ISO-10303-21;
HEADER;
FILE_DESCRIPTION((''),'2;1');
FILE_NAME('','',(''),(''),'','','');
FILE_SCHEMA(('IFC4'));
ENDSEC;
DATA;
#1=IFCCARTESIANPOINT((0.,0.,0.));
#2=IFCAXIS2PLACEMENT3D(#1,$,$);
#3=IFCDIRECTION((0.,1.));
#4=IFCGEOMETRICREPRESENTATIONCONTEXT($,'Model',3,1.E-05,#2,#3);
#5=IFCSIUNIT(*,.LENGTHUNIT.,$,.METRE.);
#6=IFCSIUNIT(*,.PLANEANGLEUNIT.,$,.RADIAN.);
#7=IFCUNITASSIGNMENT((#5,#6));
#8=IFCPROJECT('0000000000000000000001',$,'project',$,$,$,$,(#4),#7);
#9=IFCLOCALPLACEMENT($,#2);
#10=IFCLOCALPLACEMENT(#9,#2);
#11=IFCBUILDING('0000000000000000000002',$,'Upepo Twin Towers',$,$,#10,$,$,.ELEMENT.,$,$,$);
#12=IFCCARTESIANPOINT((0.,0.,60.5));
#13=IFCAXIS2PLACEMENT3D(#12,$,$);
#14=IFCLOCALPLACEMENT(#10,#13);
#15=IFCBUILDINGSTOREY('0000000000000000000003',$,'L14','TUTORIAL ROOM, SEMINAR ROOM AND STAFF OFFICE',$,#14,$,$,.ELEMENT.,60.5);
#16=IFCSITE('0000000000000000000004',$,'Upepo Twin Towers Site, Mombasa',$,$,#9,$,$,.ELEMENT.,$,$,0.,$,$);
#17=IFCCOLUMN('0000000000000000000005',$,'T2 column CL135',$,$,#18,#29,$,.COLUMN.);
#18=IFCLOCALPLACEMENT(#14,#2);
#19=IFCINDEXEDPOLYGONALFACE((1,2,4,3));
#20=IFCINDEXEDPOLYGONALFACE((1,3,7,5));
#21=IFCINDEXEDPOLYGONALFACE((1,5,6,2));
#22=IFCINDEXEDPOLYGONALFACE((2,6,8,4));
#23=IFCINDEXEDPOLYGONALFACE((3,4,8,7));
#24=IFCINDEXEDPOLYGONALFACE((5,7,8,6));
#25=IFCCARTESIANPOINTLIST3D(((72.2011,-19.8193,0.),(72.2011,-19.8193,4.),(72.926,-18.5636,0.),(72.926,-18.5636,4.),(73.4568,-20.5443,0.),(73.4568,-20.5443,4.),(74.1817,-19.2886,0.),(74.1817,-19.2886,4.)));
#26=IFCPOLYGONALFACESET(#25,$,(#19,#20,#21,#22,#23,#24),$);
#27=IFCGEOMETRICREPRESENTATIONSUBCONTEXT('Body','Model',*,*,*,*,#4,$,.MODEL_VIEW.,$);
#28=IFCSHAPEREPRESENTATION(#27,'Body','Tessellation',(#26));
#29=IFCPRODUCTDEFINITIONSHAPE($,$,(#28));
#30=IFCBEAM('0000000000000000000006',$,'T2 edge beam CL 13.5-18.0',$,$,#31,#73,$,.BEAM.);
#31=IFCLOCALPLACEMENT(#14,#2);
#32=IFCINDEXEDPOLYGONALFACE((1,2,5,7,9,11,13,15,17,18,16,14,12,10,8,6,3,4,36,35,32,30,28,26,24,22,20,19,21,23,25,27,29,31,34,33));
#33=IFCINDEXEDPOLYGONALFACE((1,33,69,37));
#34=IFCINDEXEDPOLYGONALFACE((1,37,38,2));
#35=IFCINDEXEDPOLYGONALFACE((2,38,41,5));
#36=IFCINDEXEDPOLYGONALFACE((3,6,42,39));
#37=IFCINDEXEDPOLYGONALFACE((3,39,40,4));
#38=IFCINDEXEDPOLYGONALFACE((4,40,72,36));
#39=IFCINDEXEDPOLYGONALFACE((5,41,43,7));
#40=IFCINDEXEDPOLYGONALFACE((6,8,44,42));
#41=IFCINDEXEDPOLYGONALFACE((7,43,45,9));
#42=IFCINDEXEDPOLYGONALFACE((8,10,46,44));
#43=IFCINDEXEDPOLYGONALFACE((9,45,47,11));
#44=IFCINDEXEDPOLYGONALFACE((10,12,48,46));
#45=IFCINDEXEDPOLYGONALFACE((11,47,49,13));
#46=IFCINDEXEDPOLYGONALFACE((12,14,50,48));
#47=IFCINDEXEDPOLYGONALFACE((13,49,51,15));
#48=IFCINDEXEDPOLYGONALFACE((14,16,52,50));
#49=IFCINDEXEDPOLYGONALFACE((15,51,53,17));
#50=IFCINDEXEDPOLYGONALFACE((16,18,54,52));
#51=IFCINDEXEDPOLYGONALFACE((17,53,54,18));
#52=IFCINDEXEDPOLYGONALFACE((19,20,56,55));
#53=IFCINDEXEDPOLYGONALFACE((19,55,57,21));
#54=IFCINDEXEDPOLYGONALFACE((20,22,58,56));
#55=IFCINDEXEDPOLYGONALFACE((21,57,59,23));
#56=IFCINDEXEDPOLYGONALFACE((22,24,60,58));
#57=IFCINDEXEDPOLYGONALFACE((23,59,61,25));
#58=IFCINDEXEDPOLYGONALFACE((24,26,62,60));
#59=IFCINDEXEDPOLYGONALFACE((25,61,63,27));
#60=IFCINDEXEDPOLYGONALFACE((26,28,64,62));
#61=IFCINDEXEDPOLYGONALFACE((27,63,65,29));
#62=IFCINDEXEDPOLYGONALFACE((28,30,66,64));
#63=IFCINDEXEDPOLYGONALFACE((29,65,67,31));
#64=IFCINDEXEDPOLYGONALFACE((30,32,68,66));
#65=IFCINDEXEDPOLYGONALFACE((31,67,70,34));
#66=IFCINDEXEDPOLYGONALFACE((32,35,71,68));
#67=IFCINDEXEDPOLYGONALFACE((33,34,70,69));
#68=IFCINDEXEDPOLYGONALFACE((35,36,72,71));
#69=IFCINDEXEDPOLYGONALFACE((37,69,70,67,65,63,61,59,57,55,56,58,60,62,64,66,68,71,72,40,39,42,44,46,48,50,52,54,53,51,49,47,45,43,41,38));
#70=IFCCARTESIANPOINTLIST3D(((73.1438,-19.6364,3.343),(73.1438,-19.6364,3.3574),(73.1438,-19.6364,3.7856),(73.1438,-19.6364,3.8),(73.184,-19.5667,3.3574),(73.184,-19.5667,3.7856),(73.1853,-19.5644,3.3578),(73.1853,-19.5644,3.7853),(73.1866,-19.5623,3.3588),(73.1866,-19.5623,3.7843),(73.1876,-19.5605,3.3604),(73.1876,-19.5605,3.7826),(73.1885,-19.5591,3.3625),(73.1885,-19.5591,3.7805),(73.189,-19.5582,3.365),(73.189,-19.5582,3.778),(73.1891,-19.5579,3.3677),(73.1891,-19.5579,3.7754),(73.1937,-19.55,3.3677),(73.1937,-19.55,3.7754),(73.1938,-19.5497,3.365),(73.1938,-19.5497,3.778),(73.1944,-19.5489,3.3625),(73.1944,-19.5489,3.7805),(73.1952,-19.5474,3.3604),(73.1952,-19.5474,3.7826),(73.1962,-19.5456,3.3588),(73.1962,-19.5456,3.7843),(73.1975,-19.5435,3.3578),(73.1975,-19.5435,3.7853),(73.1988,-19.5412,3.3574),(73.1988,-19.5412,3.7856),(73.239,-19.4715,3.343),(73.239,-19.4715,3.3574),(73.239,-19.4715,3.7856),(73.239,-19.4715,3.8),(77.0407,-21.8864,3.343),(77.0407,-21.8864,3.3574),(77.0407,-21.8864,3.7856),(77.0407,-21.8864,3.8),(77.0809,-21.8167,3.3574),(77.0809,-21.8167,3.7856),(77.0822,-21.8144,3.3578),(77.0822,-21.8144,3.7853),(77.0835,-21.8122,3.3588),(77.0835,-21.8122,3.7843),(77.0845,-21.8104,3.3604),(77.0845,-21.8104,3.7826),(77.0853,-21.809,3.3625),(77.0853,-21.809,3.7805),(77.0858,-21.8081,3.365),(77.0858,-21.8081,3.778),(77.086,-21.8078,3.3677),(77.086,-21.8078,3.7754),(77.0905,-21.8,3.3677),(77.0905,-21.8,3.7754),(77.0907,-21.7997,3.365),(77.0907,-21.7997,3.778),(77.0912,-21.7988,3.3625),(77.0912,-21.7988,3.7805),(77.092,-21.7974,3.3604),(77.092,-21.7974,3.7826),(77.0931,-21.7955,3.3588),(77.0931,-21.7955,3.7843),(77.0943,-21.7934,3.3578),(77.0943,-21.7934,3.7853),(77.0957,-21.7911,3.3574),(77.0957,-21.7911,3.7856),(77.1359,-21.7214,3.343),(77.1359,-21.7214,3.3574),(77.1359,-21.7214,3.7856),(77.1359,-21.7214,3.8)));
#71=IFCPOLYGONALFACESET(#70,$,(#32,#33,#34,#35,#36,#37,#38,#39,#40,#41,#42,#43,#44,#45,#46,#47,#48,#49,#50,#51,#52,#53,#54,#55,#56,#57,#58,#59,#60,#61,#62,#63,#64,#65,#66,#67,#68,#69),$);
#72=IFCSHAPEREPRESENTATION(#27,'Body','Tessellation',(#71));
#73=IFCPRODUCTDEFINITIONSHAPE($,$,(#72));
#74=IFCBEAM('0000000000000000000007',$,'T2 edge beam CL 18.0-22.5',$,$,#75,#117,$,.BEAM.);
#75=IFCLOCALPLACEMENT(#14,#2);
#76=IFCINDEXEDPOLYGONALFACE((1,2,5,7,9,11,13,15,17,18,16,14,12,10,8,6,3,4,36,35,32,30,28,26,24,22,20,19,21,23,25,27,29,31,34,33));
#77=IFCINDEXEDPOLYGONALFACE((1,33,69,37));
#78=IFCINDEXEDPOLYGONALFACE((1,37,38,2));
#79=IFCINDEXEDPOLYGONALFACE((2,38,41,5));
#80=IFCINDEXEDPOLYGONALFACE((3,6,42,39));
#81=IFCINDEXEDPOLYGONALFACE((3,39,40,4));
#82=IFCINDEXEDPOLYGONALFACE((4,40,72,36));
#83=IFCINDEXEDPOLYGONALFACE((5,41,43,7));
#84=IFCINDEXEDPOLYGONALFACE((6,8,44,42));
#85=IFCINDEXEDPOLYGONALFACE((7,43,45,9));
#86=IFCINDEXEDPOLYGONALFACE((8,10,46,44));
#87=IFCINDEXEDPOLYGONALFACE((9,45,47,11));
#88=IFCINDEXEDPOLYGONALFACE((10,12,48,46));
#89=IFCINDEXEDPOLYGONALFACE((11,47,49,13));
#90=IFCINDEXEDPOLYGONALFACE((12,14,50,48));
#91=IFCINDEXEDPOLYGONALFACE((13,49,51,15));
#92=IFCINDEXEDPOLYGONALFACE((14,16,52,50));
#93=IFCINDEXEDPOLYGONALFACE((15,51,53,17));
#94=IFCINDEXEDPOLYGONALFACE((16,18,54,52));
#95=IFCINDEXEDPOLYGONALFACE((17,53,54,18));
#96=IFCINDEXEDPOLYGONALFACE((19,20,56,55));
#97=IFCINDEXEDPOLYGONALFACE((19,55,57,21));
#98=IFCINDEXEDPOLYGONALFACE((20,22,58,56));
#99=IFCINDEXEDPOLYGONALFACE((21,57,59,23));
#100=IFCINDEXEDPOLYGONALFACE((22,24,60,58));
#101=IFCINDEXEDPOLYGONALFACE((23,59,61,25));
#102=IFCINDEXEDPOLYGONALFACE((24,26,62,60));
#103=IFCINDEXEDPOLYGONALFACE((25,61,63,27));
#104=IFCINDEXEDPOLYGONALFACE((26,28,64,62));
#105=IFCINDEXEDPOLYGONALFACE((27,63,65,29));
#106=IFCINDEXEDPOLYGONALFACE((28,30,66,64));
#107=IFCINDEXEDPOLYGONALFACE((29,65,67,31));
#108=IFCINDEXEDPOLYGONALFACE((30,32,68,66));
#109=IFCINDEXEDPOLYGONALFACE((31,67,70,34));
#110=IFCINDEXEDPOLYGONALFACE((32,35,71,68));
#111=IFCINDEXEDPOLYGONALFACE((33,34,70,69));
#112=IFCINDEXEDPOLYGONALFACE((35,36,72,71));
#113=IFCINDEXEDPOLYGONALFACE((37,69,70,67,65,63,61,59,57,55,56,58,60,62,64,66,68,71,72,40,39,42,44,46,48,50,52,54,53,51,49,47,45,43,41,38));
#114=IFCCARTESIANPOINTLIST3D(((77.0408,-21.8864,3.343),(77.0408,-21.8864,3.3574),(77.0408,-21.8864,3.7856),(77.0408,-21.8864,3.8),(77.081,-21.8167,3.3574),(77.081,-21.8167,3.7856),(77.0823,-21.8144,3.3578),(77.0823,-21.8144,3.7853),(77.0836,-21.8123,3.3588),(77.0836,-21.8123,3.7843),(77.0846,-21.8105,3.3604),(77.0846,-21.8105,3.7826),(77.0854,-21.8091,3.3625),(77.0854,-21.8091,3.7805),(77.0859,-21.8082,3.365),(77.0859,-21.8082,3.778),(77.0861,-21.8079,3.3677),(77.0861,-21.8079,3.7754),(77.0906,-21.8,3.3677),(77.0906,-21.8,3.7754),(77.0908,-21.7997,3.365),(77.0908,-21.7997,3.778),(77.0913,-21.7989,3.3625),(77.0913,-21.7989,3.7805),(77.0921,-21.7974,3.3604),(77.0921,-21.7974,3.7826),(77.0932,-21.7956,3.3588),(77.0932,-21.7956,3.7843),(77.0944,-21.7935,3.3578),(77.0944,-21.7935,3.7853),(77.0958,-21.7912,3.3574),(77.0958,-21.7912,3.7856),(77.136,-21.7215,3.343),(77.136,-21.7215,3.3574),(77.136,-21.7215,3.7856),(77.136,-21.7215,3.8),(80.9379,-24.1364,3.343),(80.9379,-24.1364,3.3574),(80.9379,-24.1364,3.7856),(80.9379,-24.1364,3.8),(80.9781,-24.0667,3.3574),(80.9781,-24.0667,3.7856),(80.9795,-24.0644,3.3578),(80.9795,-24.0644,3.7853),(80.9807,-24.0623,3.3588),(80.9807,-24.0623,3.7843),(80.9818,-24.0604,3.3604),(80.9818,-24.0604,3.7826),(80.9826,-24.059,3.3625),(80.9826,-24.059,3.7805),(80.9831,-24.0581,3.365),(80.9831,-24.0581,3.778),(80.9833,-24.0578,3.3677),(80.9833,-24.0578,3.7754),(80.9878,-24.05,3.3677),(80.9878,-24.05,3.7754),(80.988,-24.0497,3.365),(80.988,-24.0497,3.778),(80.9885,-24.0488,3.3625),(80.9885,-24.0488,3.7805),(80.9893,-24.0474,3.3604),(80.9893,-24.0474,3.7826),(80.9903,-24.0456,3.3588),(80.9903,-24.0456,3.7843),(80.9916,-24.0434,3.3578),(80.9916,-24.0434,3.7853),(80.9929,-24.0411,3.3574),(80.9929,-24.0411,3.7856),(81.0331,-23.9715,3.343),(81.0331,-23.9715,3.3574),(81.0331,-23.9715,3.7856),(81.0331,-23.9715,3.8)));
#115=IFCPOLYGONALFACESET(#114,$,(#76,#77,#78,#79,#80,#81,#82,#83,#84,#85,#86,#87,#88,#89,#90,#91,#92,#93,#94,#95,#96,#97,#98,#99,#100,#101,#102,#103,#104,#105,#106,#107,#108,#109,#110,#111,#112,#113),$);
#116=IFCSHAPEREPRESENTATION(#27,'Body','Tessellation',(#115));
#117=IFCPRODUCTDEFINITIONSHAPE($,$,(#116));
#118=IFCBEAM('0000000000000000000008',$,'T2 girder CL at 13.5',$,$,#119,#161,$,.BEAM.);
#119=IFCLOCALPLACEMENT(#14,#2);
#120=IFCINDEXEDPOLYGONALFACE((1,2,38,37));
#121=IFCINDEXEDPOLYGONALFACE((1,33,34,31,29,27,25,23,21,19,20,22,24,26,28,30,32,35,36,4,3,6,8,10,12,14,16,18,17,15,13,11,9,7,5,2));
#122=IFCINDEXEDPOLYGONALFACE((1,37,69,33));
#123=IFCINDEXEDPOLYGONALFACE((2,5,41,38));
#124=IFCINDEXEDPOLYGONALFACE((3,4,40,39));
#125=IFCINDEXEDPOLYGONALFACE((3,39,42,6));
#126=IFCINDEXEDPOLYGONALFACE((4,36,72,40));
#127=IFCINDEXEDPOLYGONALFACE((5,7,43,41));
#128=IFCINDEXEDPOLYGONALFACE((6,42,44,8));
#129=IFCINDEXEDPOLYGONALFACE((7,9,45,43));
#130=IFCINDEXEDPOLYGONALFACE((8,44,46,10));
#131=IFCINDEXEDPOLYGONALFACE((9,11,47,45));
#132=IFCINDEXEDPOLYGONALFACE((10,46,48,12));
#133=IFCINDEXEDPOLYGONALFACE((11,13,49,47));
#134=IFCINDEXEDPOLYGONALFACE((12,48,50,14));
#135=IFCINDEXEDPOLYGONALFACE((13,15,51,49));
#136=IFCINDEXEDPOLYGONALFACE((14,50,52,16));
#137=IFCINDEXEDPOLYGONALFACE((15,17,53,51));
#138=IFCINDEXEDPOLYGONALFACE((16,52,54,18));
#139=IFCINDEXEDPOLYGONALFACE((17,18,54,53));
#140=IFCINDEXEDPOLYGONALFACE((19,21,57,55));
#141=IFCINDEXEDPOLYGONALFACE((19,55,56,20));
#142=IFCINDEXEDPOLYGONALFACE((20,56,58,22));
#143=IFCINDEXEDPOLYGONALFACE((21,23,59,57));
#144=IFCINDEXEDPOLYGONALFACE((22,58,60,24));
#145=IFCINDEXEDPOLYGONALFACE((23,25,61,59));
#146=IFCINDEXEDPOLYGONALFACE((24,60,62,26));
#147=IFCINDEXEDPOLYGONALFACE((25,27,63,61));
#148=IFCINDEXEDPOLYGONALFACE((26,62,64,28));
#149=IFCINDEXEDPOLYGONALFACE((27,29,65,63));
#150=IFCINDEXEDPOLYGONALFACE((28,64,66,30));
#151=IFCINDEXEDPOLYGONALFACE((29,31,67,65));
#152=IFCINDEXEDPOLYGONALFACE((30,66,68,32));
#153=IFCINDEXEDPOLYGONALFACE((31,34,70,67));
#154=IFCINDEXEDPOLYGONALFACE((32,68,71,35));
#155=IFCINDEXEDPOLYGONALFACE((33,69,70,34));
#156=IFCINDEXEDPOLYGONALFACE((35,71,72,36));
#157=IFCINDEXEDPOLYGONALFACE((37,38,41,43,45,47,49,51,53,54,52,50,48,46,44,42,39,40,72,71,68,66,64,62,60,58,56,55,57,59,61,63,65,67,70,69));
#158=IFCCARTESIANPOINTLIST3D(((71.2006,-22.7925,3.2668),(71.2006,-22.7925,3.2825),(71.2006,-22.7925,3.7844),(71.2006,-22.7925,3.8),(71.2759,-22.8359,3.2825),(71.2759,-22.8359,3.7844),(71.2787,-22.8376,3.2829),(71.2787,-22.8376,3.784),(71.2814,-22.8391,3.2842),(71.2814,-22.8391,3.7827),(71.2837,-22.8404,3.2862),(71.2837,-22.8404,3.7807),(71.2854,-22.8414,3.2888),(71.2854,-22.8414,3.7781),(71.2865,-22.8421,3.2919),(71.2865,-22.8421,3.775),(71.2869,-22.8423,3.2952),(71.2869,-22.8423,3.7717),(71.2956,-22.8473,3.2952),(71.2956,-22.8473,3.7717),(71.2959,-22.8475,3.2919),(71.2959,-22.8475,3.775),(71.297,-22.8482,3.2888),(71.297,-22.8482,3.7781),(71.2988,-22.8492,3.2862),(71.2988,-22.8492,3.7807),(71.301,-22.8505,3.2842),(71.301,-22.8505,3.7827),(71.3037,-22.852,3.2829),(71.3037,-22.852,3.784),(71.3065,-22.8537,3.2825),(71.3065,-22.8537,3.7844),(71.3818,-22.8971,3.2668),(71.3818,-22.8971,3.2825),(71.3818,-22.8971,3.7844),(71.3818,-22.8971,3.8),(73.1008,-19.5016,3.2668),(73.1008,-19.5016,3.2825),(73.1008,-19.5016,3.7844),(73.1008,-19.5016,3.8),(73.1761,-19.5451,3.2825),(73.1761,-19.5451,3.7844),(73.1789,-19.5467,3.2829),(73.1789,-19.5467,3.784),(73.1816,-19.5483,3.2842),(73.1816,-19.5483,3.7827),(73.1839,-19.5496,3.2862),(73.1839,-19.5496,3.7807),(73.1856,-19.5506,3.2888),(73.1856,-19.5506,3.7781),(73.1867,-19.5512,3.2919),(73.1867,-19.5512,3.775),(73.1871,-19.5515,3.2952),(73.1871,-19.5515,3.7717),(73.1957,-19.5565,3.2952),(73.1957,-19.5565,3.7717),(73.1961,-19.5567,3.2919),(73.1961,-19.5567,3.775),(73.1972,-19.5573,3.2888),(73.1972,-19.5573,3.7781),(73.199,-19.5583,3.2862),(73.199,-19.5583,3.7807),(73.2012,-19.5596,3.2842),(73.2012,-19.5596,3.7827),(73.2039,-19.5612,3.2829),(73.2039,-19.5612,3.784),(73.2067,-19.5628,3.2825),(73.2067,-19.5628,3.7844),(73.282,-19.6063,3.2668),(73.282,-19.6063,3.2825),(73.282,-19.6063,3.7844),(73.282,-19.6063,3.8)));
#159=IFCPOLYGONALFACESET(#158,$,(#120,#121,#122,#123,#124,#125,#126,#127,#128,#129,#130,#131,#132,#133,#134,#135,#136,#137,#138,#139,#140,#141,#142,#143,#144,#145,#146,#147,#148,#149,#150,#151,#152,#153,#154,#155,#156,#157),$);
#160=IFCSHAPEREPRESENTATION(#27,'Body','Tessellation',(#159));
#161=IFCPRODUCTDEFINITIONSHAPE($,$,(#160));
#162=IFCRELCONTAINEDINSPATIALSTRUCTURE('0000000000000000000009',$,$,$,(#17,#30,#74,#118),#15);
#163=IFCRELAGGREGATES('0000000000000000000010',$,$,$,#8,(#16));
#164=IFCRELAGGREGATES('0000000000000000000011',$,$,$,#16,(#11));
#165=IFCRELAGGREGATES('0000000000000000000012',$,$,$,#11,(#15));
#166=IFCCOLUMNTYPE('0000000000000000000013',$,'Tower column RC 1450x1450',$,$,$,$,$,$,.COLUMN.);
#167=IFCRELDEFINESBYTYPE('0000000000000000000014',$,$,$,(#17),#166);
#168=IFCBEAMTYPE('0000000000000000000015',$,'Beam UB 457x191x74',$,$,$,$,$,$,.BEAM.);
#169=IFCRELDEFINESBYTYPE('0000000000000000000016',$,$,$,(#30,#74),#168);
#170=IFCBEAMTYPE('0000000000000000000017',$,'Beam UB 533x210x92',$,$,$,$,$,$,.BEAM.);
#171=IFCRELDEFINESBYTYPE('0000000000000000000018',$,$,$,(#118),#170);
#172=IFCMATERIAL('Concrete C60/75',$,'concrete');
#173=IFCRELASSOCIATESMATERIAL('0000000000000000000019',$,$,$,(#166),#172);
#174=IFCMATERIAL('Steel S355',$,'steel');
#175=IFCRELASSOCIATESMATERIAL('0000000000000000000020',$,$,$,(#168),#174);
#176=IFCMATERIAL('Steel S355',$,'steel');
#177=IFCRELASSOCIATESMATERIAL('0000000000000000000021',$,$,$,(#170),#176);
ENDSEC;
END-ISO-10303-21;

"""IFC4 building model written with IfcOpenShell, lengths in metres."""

from ifc_helpers import new_model, si_unit, direction, frame, origin, origin_2d, place, context, subcontext, project, spatial, rectangle, i_section, extrude, material, material_profile, profile_set, type_object, element, save


model = new_model("IFC4")

# Units and contexts
model_context = context("Model", 3, precision=1e-05, world=origin(), true_north=direction((0.0, 1.0)))
body_context = subcontext(model_context, "Body", "Model", "MODEL_VIEW")
ifc_project = project(units=[si_unit("LENGTHUNIT", "METRE"), si_unit("PLANEANGLEUNIT", "RADIAN")], contexts=[model_context])

# Site, building, storey
site_placement = place(None, origin())
site = spatial("IfcSite", under=ifc_project, at=site_placement, Name="Upepo Twin Towers Site, Mombasa", CompositionType="ELEMENT", RefElevation=0.0)
building_placement = place(site_placement, origin())
building = spatial("IfcBuilding", under=site, at=building_placement, Name="Upepo Twin Towers", CompositionType="ELEMENT")
storey_placement = place(building_placement, frame((0.0, 0.0, 60.5)))
storey = spatial("IfcBuildingStorey", under=building, at=storey_placement, Name="L14", Description="TUTORIAL ROOM, SEMINAR ROOM AND STAFF OFFICE", CompositionType="ELEMENT", Elevation=60.5)

# Column
ifc_material_1 = material(Name="Concrete C60/75", Category="concrete")
ifc_material_profile_1 = material_profile(ifc_material_1, rectangle(XDim=1.45, YDim=1.45, at=origin_2d()), Name="RC 1450x1450")
ifc_profile_set_1 = profile_set([ifc_material_profile_1], Name="Concrete C60/75")
column_type = type_object("IfcColumnType", Name="Tower column RC 1450x1450", PredefinedType="COLUMN", material=ifc_profile_set_1)
column_placement = place(storey_placement, frame((73.1914, -19.554, 0.0), z_axis=(0.0, 0.0, 1.0), x_axis=(0.5, 0.866025, 0.0)))
element("IfcColumn", 1, at=column_placement, inside=storey, type_object=column_type, Name="T2 column CL135", PredefinedType="COLUMN", context=body_context, shape_type="SweptSolid", body=[
    extrude(rectangle(XDim=1.45, YDim=1.45, at=origin_2d()), origin(), (0.0, 0.0, 1.0), 4.0),
])

# Beams
ifc_material_2 = material(Name="Steel S355", Category="steel")
ifc_material_profile_2 = material_profile(ifc_material_2, i_section(OverallWidth=0.1904, OverallDepth=0.457, WebThickness=0.009, FlangeThickness=0.0144, FilletRadius=0.0103, at=origin_2d()), Name="UB 457x191x74")
ifc_profile_set_2 = profile_set([ifc_material_profile_2], Name="Steel S355")
beam_type_1 = type_object("IfcBeamType", Name="Beam UB 457x191x74", PredefinedType="BEAM", material=ifc_profile_set_2)
beam_1_placement = place(storey_placement, frame((73.1914, -19.554, 3.5715), z_axis=(0.866018, -0.500014, 0.0), x_axis=(0.500014, 0.866018, 0.0)))
element("IfcBeam", 2, at=beam_1_placement, inside=storey, type_object=beam_type_1, Name="T2 edge beam CL 13.5-18.0", PredefinedType="BEAM", context=body_context, shape_type="SweptSolid", body=[
    extrude(i_section(OverallWidth=0.1904, OverallDepth=0.457, WebThickness=0.009, FlangeThickness=0.0144, FilletRadius=0.0103, at=origin_2d()), origin(), (0.0, 0.0, 1.0), 4.4998),
])
beam_2_placement = place(storey_placement, frame((77.0884, -21.804, 3.5715), z_axis=(0.866031, -0.49999, 0.0), x_axis=(0.49999, 0.866031, 0.0)))
element("IfcBeam", 3, at=beam_2_placement, inside=storey, type_object=beam_type_1, Name="T2 edge beam CL 18.0-22.5", PredefinedType="BEAM", context=body_context, shape_type="SweptSolid", body=[
    extrude(i_section(OverallWidth=0.1904, OverallDepth=0.457, WebThickness=0.009, FlangeThickness=0.0144, FilletRadius=0.0103, at=origin_2d()), origin(), (0.0, 0.0, 1.0), 4.5),
])
ifc_material_3 = material(Name="Steel S355", Category="steel")
ifc_material_profile_3 = material_profile(ifc_material_3, i_section(OverallWidth=0.2092, OverallDepth=0.5332, WebThickness=0.01, FlangeThickness=0.0156, FilletRadius=0.0127, at=origin_2d()), Name="UB 533x210x92")
ifc_profile_set_3 = profile_set([ifc_material_profile_3], Name="Steel S355")
beam_type_2 = type_object("IfcBeamType", Name="Beam UB 533x210x92", PredefinedType="BEAM", material=ifc_profile_set_3)
beam_3_placement = place(storey_placement, frame((73.1914, -19.554, 3.5334), z_axis=(-0.500043, -0.866, 0.0), x_axis=(0.866, -0.500043, 0.0)))
element("IfcBeam", 4, at=beam_3_placement, inside=storey, type_object=beam_type_2, Name="T2 girder CL at 13.5", PredefinedType="BEAM", context=body_context, shape_type="SweptSolid", body=[
    extrude(i_section(OverallWidth=0.2092, OverallDepth=0.5332, WebThickness=0.01, FlangeThickness=0.0156, FilletRadius=0.0127, at=origin_2d()), origin(), (0.0, 0.0, 1.0), 3.8),
])

save(model, "model.ifc")
